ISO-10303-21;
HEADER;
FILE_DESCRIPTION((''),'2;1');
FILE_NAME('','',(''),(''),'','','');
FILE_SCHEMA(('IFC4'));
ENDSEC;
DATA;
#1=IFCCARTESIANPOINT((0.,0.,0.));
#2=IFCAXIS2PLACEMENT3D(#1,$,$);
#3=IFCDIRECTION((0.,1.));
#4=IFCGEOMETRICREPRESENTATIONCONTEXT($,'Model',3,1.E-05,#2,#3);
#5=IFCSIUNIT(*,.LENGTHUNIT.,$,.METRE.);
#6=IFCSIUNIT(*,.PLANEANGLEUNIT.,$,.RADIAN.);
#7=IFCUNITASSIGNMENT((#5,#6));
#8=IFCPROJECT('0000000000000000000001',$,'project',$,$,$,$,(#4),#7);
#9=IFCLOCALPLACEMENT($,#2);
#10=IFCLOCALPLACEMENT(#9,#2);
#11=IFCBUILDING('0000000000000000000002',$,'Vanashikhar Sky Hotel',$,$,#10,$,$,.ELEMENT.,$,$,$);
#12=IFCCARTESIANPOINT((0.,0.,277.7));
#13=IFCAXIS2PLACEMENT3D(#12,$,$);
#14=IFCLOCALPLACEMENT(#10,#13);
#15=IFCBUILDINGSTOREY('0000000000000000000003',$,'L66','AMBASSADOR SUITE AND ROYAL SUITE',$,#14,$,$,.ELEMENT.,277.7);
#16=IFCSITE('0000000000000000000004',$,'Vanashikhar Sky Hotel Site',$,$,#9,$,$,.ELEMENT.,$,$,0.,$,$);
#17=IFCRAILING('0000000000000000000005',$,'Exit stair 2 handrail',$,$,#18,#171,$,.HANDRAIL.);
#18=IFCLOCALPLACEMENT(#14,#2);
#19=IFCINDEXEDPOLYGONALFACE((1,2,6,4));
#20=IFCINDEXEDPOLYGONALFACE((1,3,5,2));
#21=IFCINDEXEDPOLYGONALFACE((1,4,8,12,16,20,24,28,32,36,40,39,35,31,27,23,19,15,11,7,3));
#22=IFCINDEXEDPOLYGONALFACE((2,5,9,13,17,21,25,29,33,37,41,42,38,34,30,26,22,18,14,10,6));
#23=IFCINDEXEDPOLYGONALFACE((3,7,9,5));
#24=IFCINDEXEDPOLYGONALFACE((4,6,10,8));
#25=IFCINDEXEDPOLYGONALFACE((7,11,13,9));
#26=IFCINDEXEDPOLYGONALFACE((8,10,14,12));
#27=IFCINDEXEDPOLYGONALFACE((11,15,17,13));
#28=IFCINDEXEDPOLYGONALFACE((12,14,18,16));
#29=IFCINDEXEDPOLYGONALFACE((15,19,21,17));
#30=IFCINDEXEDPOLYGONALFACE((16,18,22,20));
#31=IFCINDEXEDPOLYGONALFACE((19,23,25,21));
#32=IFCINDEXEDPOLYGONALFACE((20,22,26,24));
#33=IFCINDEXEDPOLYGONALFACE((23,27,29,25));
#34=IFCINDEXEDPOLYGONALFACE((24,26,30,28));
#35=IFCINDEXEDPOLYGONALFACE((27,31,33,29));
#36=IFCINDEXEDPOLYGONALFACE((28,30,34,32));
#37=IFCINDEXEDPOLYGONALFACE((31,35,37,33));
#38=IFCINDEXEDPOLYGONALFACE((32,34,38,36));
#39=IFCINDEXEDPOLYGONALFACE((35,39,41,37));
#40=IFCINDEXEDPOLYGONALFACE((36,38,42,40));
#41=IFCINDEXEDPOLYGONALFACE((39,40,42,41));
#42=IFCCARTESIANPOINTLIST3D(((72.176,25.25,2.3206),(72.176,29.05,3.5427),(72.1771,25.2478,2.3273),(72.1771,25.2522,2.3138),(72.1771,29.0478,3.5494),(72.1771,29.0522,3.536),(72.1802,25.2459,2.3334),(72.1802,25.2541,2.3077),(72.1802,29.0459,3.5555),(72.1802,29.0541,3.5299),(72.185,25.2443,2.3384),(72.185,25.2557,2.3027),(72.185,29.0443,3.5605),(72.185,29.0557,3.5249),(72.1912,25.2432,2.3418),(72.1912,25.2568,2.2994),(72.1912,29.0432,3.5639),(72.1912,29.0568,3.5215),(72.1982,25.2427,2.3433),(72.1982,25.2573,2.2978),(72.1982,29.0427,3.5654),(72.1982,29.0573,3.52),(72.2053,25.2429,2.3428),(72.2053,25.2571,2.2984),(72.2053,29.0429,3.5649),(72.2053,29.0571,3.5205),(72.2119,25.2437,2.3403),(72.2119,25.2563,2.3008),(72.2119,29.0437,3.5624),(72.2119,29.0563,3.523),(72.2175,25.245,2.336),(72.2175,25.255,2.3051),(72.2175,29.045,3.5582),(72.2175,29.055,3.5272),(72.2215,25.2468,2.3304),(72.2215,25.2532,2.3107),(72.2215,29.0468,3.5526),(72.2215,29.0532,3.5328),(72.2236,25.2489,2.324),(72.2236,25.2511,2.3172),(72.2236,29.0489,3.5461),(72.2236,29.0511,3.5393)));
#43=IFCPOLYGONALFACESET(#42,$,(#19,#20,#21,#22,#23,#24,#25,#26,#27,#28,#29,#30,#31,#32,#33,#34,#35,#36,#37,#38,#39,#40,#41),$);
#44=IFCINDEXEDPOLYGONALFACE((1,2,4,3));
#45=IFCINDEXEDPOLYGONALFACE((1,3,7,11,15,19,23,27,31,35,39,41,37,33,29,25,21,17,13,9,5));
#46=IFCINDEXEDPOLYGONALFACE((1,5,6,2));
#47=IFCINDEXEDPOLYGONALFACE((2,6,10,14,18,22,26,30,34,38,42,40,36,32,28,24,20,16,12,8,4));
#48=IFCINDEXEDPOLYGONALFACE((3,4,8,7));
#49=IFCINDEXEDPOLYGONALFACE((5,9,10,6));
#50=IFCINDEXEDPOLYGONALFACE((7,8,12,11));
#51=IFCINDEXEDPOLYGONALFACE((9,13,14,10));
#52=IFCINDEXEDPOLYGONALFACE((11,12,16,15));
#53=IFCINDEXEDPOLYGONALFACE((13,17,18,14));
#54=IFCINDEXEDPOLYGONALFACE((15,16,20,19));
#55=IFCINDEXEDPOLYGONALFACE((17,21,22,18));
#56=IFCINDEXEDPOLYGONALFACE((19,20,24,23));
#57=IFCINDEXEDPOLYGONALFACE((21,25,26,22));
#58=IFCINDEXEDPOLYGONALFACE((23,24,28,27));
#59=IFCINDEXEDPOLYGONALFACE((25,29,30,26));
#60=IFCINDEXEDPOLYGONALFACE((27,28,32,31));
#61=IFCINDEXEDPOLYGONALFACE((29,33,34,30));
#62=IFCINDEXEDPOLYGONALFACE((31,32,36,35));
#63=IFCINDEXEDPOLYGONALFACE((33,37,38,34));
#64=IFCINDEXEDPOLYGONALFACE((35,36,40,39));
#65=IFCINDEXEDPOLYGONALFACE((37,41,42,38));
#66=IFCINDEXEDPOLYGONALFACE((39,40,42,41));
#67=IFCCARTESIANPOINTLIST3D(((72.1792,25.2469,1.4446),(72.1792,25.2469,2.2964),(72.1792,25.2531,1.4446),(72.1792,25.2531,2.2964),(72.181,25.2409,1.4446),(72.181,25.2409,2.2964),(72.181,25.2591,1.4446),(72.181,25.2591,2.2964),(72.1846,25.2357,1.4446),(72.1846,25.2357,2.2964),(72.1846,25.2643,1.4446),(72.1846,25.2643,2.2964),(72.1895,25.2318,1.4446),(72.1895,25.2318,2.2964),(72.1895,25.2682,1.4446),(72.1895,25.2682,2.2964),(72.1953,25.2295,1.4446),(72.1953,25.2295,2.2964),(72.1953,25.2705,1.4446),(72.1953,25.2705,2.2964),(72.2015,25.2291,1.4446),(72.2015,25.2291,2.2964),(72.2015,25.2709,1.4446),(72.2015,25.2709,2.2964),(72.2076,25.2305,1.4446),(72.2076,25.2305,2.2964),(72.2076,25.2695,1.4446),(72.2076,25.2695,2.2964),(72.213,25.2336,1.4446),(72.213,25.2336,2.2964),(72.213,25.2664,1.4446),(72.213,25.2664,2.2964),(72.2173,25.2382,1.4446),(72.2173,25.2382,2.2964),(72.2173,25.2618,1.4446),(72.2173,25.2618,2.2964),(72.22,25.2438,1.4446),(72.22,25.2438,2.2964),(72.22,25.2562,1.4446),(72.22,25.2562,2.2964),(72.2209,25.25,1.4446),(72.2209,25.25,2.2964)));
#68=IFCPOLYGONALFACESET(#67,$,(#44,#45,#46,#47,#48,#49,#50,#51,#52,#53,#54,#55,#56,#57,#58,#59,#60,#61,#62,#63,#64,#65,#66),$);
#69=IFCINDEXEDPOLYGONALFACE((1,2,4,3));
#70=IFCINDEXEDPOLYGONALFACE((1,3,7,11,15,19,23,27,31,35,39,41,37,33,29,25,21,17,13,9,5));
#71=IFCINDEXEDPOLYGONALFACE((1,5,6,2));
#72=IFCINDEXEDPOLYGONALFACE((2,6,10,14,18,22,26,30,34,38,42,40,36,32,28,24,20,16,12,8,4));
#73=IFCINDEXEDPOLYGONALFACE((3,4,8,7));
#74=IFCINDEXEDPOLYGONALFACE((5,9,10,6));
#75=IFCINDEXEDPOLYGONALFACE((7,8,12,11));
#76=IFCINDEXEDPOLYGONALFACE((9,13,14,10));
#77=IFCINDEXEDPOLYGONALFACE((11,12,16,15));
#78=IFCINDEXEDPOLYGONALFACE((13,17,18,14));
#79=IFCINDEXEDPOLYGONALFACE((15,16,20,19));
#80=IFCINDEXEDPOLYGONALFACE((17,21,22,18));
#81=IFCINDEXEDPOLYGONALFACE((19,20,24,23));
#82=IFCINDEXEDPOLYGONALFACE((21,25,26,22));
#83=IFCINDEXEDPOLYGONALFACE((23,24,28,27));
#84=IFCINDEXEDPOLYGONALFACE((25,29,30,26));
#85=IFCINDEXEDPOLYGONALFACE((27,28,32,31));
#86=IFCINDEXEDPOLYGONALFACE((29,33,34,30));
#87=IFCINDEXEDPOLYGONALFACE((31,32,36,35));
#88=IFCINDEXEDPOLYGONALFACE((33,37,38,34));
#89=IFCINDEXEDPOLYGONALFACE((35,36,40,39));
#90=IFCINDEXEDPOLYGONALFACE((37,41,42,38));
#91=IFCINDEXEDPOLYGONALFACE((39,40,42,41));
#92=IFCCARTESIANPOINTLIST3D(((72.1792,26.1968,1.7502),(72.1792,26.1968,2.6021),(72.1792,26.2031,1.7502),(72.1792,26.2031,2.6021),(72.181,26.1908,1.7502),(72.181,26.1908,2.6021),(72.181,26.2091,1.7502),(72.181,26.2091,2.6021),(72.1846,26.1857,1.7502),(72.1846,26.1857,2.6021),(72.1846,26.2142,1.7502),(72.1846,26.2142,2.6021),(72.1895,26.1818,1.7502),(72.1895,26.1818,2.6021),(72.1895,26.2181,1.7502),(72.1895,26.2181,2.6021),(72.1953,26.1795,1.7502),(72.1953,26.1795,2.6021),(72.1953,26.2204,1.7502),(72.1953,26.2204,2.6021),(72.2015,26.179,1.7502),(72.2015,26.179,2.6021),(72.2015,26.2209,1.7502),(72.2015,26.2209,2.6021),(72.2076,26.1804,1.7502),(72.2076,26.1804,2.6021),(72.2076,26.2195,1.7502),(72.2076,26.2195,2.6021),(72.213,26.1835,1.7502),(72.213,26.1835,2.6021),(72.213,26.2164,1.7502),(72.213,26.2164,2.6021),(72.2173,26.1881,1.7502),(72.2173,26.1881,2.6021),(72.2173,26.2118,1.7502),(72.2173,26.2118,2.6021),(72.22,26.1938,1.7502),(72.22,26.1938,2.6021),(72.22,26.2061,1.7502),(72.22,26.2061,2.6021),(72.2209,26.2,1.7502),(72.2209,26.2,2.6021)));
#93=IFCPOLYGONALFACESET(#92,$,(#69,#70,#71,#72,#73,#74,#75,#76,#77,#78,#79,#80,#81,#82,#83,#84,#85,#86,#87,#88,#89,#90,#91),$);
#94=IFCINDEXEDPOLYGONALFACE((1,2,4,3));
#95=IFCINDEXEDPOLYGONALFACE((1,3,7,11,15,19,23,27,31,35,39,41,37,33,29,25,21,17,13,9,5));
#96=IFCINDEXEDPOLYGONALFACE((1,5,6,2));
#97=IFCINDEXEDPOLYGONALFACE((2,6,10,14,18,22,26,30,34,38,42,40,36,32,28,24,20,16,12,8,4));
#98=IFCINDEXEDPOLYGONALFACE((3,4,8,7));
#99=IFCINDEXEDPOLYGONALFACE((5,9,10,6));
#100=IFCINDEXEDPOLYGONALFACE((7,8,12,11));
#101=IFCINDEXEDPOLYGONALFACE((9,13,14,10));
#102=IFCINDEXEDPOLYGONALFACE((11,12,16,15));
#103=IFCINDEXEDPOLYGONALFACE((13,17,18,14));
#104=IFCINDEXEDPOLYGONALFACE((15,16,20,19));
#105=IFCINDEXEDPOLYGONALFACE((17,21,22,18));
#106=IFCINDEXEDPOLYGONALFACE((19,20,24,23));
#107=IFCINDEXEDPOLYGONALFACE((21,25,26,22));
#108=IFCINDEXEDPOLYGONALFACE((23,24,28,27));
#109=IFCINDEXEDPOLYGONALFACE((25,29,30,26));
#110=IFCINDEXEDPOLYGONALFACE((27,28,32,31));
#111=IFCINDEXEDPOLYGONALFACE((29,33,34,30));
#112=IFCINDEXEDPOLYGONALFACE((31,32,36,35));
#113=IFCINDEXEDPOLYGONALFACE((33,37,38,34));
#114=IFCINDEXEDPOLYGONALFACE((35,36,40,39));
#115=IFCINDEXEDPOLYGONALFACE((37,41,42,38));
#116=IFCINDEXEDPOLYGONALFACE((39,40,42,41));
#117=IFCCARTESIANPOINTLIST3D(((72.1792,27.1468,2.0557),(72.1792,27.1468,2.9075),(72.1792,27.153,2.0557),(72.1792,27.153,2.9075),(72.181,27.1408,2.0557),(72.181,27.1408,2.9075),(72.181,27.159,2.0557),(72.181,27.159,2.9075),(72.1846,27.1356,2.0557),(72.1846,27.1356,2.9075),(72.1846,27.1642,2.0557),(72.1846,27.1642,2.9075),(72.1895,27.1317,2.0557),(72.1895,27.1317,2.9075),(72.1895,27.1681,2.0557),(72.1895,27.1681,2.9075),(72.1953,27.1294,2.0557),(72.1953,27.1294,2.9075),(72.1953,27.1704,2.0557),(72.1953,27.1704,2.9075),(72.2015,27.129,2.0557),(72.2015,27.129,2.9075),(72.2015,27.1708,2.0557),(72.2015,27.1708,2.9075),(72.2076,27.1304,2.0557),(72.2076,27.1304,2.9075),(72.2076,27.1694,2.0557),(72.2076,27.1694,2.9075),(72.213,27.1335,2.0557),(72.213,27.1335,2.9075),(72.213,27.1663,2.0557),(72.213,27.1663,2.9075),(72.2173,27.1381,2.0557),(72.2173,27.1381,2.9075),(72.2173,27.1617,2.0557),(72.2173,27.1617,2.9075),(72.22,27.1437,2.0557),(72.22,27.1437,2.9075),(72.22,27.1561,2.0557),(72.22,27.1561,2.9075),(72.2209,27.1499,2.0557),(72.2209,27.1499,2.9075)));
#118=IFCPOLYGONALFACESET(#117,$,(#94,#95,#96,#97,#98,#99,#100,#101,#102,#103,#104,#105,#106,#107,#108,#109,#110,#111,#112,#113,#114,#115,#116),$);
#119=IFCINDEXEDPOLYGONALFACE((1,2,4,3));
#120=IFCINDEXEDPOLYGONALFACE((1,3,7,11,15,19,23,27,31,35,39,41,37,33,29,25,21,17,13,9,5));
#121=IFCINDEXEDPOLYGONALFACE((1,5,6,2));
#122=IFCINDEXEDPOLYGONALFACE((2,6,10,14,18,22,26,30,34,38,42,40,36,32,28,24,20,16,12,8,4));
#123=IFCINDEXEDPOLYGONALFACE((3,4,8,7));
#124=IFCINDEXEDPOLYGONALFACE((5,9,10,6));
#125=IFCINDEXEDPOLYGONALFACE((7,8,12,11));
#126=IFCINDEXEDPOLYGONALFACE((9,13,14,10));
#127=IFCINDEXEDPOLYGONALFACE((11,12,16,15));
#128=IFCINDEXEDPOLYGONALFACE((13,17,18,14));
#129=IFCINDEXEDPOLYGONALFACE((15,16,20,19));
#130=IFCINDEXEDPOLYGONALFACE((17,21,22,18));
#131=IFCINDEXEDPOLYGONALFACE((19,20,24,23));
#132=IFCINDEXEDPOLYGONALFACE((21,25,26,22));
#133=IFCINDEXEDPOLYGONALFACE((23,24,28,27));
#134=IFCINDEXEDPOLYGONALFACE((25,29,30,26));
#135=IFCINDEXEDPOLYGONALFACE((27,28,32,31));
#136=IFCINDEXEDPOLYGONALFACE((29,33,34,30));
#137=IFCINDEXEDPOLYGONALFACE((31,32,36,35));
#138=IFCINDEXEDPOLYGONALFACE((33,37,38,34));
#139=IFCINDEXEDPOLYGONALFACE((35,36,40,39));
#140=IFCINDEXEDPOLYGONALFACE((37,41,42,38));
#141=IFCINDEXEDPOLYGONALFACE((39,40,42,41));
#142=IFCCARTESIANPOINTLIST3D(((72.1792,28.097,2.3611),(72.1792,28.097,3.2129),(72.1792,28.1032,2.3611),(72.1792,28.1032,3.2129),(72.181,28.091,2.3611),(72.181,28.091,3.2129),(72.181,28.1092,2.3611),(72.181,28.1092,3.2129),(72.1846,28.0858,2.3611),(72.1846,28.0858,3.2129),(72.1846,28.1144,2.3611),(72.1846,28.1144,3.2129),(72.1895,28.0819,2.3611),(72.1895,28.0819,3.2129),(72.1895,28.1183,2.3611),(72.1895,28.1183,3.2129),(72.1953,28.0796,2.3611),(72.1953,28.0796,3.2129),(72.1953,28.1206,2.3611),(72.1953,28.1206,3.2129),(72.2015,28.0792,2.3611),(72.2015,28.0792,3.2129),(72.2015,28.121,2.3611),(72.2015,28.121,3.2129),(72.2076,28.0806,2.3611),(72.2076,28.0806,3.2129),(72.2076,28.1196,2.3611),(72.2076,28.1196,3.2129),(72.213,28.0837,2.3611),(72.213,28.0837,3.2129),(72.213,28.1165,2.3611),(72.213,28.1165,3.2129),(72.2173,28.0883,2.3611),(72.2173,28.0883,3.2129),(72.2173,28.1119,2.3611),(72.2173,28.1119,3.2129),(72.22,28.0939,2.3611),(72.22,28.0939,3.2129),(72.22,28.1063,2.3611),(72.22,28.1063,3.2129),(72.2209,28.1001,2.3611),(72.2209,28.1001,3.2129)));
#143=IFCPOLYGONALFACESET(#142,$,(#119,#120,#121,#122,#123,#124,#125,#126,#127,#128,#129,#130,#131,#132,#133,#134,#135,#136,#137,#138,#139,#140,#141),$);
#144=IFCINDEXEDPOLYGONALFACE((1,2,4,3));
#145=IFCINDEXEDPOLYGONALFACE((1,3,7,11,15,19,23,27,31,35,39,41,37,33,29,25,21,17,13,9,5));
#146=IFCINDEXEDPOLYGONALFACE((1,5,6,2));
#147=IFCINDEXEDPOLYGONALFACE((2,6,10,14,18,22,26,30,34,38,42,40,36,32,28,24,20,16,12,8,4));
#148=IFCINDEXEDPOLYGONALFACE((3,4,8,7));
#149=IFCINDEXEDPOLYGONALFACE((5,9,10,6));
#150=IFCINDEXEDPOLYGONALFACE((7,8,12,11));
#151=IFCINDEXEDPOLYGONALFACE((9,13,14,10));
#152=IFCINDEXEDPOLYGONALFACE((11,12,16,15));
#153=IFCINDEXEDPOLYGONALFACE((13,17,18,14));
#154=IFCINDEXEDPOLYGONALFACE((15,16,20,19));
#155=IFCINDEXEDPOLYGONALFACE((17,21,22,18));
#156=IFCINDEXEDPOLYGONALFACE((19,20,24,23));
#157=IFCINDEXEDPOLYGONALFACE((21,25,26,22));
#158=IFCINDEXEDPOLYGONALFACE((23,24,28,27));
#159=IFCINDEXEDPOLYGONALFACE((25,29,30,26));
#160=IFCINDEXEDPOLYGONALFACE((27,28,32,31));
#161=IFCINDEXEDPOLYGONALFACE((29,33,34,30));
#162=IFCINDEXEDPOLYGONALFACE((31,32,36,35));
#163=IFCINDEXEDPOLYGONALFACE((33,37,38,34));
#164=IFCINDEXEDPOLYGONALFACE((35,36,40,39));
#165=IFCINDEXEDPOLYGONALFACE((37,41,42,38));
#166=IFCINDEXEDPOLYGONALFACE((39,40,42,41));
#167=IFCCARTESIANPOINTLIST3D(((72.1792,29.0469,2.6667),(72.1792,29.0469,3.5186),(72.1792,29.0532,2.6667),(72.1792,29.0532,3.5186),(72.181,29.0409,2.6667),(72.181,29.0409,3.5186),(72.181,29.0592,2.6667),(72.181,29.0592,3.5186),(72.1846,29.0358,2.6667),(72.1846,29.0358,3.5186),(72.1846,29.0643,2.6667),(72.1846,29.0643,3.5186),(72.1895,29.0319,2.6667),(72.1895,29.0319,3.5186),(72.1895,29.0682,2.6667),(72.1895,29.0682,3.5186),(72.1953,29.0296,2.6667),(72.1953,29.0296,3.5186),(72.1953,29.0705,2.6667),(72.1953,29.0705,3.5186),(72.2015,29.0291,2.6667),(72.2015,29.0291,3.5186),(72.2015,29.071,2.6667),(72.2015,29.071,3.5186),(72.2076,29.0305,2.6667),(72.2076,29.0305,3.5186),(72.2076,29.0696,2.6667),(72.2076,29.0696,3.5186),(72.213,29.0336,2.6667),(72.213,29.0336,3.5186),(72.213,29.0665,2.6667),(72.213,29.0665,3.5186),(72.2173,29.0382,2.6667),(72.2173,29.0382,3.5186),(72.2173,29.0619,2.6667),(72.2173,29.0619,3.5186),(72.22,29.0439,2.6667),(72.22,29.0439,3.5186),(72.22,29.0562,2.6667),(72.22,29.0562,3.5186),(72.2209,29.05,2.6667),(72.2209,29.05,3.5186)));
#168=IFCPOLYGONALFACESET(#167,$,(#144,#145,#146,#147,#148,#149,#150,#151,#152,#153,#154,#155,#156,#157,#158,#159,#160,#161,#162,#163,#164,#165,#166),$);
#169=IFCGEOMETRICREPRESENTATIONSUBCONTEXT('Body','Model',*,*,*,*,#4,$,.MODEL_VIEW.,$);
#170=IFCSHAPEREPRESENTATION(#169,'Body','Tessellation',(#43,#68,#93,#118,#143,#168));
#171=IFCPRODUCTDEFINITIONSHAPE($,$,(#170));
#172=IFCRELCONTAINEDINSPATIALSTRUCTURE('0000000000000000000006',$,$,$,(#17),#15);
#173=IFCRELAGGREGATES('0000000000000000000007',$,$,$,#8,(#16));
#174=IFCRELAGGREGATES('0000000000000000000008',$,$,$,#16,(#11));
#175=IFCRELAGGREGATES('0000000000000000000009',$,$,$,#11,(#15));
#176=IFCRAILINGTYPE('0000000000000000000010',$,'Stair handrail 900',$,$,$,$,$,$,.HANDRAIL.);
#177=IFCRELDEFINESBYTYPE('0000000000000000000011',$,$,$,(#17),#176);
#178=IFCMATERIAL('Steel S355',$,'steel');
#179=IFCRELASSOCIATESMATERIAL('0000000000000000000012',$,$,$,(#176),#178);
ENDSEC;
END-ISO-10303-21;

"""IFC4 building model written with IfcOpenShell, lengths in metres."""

from ifc_helpers import new_model, si_unit, direction, frame, origin, origin_2d, place, context, subcontext, project, spatial, circle, extrude, source, transform, mapped, material, type_object, element, save


model = new_model("IFC4")

# Units and contexts
model_context = context("Model", 3, precision=1e-05, world=origin(), true_north=direction((0.0, 1.0)))
body_context = subcontext(model_context, "Body", "Model", "MODEL_VIEW")
ifc_project = project(units=[si_unit("LENGTHUNIT", "METRE"), si_unit("PLANEANGLEUNIT", "RADIAN")], contexts=[model_context])

# Site, building, storey
site_placement = place(None, origin())
site = spatial("IfcSite", under=ifc_project, at=site_placement, Name="Vanashikhar Sky Hotel Site", CompositionType="ELEMENT", RefElevation=0.0)
building_placement = place(site_placement, origin())
building = spatial("IfcBuilding", under=site, at=building_placement, Name="Vanashikhar Sky Hotel", CompositionType="ELEMENT")
storey_placement = place(building_placement, frame((0.0, 0.0, 277.7)))
storey = spatial("IfcBuildingStorey", under=building, at=storey_placement, Name="L66", Description="AMBASSADOR SUITE AND ROYAL SUITE", CompositionType="ELEMENT", Elevation=277.7)

# Railing
ifc_material_1 = material(Name="Steel S355", Category="steel")
railing_type_1 = type_object("IfcRailingType", Name="Stair handrail 900", PredefinedType="HANDRAIL", material=ifc_material_1)
shared_shape_1 = source(origin(), body_context, "Body", "SweptSolid", [
    extrude(circle(Radius=0.0239, at=origin_2d()), frame((0.0, 0.0, 0.876), z_axis=(0.0, 0.951976, 0.306173), x_axis=(-1.0, 0.0, 0.0)), (0.0, 0.0, 1.0), 3.9917),
    extrude(circle(Radius=0.021, at=origin_2d()), origin(), (0.0, 0.0, 1.0), 0.8518),
    extrude(circle(Radius=0.021, at=origin_2d()), frame((0.0, 0.95, 0.3057)), (0.0, 0.0, 1.0), 0.8518),
    extrude(circle(Radius=0.021, at=origin_2d()), frame((0.0, 1.8999, 0.6111)), (0.0, 0.0, 1.0), 0.8518),
    extrude(circle(Radius=0.021, at=origin_2d()), frame((0.0, 2.8501, 0.9165)), (0.0, 0.0, 1.0), 0.8518),
    extrude(circle(Radius=0.021, at=origin_2d()), frame((0.0, 3.8, 1.2222)), (0.0, 0.0, 1.0), 0.8518),
])
railing_1_placement = place(storey_placement, frame((72.2, 25.25, 1.4446)))
element("IfcRailing", 1, at=railing_1_placement, inside=storey, type_object=railing_type_1, Name="Exit stair 2 handrail", PredefinedType="HANDRAIL", context=body_context, shape_type="MappedRepresentation", body=[
    mapped(shared_shape_1, transform((0.0, 0.0, 0.0), scale=1.0)),
])

save(model, "model.ifc")
